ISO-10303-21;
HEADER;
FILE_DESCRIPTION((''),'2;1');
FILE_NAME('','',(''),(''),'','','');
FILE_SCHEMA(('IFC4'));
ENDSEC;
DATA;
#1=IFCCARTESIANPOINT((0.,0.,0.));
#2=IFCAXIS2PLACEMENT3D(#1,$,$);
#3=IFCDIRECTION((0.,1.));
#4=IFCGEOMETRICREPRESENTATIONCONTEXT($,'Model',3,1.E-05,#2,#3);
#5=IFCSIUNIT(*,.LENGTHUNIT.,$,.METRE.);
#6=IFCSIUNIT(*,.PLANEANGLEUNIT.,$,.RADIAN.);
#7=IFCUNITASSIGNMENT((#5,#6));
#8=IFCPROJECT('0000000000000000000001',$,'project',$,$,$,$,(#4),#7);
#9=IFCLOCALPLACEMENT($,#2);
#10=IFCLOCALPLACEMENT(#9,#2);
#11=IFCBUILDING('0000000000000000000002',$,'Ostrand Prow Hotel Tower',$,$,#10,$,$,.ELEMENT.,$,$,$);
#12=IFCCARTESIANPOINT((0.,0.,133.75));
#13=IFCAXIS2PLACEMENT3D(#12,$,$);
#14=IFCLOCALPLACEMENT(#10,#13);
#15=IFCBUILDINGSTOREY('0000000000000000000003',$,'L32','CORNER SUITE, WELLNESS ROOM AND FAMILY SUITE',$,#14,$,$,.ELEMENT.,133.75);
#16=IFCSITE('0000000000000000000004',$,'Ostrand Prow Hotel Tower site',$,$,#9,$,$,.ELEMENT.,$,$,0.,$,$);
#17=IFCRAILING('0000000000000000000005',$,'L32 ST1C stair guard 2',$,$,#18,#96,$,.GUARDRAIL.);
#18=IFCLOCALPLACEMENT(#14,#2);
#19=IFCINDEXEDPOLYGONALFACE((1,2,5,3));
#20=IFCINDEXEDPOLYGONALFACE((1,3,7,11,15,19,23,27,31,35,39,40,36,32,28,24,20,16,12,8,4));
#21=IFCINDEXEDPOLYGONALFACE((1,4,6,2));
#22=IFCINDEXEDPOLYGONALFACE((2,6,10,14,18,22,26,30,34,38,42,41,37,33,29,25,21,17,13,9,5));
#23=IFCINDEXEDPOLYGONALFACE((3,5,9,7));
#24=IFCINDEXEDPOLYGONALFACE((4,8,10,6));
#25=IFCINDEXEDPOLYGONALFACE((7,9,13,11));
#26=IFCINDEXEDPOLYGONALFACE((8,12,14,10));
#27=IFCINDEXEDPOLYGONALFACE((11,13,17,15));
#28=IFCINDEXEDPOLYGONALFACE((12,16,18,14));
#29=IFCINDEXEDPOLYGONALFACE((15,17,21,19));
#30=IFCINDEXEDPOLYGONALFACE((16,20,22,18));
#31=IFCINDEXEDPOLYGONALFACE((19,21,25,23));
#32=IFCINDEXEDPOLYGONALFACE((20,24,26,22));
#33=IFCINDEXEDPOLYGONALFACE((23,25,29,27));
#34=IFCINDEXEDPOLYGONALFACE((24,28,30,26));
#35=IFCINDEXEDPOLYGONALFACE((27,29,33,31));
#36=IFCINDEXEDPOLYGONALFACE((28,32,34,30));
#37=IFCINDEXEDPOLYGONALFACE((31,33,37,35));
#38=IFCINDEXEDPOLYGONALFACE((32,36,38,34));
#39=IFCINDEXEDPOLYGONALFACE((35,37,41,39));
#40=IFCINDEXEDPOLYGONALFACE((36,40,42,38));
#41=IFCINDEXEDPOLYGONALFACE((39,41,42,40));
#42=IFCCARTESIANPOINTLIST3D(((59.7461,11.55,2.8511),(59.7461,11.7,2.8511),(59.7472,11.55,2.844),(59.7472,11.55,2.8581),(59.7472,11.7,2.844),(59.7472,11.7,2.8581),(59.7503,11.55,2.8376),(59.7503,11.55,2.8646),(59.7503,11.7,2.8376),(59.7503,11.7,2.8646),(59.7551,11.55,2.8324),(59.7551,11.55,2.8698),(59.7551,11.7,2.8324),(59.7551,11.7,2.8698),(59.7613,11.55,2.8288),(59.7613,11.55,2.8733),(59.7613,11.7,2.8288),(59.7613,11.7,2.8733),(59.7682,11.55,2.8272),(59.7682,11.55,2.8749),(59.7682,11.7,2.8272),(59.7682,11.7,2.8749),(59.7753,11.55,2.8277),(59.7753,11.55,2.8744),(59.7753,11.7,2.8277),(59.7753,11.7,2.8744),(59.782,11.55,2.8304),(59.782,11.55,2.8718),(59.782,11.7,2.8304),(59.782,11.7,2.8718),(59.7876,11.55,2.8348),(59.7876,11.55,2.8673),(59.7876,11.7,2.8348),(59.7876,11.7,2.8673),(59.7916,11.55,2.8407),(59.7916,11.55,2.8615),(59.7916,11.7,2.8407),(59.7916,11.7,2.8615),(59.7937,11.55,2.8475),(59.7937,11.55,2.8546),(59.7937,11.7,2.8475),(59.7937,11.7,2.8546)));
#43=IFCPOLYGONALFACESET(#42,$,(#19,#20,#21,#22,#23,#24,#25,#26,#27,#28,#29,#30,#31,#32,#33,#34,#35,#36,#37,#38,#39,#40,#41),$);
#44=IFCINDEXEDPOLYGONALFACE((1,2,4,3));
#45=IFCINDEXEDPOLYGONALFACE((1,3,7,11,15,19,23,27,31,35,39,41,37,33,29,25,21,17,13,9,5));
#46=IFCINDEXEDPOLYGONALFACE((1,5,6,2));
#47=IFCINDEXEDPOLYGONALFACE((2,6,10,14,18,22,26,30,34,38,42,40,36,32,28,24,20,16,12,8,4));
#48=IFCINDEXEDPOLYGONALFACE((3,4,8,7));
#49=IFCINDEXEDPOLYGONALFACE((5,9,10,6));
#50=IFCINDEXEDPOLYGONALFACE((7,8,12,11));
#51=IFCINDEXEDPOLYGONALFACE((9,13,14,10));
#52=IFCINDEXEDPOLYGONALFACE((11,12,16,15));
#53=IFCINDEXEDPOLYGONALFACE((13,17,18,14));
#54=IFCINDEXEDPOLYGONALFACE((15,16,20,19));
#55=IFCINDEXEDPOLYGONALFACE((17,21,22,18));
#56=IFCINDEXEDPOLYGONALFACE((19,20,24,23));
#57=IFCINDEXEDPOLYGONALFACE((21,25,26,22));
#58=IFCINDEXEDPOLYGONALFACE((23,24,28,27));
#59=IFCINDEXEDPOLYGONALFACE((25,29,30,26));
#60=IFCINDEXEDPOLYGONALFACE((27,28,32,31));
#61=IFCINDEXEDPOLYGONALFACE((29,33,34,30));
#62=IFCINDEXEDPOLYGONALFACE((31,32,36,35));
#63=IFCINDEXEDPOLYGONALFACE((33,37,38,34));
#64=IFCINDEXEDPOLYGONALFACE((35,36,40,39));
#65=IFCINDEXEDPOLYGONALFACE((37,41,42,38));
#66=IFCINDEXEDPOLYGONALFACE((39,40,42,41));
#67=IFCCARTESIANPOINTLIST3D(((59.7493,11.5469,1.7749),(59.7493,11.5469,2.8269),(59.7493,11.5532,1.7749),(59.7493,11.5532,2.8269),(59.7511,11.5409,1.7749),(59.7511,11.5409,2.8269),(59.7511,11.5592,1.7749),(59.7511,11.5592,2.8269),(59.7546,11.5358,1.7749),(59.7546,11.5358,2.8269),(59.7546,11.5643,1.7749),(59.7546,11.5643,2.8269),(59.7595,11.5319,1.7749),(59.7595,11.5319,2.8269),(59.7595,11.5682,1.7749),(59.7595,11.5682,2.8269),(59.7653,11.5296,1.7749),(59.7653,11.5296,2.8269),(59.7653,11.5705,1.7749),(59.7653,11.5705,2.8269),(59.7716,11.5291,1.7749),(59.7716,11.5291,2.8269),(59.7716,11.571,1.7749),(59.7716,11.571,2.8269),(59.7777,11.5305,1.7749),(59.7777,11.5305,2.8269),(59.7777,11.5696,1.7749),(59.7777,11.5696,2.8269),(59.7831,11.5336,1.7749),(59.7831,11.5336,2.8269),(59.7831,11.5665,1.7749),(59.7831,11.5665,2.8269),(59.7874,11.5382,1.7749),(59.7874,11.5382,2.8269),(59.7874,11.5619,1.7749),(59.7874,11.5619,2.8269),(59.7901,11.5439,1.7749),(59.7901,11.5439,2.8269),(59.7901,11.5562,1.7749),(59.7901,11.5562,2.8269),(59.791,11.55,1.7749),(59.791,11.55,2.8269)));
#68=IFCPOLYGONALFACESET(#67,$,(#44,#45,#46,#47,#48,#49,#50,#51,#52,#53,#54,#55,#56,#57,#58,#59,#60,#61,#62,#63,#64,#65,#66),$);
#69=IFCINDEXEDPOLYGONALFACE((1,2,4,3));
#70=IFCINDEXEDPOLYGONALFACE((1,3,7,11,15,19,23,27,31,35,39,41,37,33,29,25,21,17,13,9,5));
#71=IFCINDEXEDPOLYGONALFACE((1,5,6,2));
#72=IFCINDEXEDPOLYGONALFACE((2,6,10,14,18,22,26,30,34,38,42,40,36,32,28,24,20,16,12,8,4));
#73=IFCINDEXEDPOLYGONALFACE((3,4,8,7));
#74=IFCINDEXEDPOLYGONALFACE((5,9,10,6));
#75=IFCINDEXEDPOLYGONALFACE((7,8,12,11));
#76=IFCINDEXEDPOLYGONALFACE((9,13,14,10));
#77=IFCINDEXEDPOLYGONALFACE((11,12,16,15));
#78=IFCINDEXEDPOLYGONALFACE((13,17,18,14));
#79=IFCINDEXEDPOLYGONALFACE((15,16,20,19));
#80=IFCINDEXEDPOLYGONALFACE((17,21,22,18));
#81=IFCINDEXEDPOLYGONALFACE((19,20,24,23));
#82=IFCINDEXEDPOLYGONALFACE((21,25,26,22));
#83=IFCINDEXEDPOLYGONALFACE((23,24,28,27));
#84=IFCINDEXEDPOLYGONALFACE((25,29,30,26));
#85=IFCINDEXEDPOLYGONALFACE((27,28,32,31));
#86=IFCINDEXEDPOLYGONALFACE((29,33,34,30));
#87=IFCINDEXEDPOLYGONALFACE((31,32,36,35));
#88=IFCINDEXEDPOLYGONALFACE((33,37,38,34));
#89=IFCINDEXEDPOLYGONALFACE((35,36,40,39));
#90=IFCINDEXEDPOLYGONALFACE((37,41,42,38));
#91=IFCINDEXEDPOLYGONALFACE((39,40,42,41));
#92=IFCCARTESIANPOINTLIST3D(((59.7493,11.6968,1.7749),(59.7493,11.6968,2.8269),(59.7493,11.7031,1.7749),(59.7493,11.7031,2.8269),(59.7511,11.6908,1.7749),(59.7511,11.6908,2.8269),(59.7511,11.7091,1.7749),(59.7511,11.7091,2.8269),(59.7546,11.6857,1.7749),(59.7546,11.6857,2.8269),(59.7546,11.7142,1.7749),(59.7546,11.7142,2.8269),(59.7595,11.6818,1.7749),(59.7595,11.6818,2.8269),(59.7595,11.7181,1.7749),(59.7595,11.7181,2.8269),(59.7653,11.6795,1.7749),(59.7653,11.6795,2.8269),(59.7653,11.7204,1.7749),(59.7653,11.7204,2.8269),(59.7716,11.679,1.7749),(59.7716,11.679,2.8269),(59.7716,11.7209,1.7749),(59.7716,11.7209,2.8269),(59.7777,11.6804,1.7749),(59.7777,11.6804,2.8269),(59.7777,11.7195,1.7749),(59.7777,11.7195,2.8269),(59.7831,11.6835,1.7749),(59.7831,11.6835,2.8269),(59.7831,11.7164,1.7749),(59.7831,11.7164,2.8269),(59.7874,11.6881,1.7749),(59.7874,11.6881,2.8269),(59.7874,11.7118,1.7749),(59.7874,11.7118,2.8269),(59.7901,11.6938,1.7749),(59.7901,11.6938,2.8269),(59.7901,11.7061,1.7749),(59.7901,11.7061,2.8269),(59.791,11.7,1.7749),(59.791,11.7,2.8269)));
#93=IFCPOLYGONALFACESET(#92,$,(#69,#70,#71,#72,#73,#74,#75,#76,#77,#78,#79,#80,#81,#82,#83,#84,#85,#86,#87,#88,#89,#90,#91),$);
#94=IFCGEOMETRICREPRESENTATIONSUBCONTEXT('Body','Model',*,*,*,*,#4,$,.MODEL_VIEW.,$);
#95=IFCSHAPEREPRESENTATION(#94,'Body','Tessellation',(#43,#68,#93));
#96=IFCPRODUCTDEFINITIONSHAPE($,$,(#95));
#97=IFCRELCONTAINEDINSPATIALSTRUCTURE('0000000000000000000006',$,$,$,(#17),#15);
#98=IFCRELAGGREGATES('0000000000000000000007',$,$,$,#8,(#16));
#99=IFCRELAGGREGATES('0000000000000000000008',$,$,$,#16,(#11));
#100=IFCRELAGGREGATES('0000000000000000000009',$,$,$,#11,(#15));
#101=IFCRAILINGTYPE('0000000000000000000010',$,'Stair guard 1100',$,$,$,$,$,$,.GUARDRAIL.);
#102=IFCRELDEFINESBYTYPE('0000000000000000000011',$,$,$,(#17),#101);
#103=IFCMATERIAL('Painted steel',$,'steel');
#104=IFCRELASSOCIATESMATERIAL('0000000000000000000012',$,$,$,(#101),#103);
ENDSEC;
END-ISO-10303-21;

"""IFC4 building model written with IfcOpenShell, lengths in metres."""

from ifc_helpers import new_model, si_unit, direction, frame, origin, origin_2d, place, context, subcontext, project, spatial, circle, extrude, material, type_object, element, save


model = new_model("IFC4")

# Units and contexts
model_context = context("Model", 3, precision=1e-05, world=origin(), true_north=direction((0.0, 1.0)))
body_context = subcontext(model_context, "Body", "Model", "MODEL_VIEW")
ifc_project = project(units=[si_unit("LENGTHUNIT", "METRE"), si_unit("PLANEANGLEUNIT", "RADIAN")], contexts=[model_context])

# Site, building, storey
site_placement = place(None, origin())
site = spatial("IfcSite", under=ifc_project, at=site_placement, Name="Ostrand Prow Hotel Tower site", CompositionType="ELEMENT", RefElevation=0.0)
building_placement = place(site_placement, origin())
building = spatial("IfcBuilding", under=site, at=building_placement, Name="Ostrand Prow Hotel Tower", CompositionType="ELEMENT")
storey_placement = place(building_placement, frame((0.0, 0.0, 133.75)))
storey = spatial("IfcBuildingStorey", under=building, at=storey_placement, Name="L32", Description="CORNER SUITE, WELLNESS ROOM AND FAMILY SUITE", CompositionType="ELEMENT", Elevation=133.75)

# Railing
ifc_material_1 = material(Name="Painted steel", Category="steel")
railing_type_1 = type_object("IfcRailingType", Name="Stair guard 1100", PredefinedType="GUARDRAIL", material=ifc_material_1)
railing_1_placement = place(storey_placement, frame((59.77, 11.55, 1.7749)))
element("IfcRailing", 1, at=railing_1_placement, inside=storey, type_object=railing_type_1, Name="L32 ST1C stair guard 2", PredefinedType="GUARDRAIL", context=body_context, shape_type="SweptSolid", body=[
    extrude(circle(Radius=0.0239, at=origin_2d()), frame((0.0, 0.0, 1.0762), z_axis=(0.0, 1.0, 0.0), x_axis=(-1.0, 0.0, 0.0)), (0.0, 0.0, 1.0), 0.1499),
    extrude(circle(Radius=0.021, at=origin_2d()), origin(), (0.0, 0.0, 1.0), 1.052),
    extrude(circle(Radius=0.021, at=origin_2d()), frame((0.0, 0.1499, 0.0)), (0.0, 0.0, 1.0), 1.052),
])

save(model, "model.ifc")
